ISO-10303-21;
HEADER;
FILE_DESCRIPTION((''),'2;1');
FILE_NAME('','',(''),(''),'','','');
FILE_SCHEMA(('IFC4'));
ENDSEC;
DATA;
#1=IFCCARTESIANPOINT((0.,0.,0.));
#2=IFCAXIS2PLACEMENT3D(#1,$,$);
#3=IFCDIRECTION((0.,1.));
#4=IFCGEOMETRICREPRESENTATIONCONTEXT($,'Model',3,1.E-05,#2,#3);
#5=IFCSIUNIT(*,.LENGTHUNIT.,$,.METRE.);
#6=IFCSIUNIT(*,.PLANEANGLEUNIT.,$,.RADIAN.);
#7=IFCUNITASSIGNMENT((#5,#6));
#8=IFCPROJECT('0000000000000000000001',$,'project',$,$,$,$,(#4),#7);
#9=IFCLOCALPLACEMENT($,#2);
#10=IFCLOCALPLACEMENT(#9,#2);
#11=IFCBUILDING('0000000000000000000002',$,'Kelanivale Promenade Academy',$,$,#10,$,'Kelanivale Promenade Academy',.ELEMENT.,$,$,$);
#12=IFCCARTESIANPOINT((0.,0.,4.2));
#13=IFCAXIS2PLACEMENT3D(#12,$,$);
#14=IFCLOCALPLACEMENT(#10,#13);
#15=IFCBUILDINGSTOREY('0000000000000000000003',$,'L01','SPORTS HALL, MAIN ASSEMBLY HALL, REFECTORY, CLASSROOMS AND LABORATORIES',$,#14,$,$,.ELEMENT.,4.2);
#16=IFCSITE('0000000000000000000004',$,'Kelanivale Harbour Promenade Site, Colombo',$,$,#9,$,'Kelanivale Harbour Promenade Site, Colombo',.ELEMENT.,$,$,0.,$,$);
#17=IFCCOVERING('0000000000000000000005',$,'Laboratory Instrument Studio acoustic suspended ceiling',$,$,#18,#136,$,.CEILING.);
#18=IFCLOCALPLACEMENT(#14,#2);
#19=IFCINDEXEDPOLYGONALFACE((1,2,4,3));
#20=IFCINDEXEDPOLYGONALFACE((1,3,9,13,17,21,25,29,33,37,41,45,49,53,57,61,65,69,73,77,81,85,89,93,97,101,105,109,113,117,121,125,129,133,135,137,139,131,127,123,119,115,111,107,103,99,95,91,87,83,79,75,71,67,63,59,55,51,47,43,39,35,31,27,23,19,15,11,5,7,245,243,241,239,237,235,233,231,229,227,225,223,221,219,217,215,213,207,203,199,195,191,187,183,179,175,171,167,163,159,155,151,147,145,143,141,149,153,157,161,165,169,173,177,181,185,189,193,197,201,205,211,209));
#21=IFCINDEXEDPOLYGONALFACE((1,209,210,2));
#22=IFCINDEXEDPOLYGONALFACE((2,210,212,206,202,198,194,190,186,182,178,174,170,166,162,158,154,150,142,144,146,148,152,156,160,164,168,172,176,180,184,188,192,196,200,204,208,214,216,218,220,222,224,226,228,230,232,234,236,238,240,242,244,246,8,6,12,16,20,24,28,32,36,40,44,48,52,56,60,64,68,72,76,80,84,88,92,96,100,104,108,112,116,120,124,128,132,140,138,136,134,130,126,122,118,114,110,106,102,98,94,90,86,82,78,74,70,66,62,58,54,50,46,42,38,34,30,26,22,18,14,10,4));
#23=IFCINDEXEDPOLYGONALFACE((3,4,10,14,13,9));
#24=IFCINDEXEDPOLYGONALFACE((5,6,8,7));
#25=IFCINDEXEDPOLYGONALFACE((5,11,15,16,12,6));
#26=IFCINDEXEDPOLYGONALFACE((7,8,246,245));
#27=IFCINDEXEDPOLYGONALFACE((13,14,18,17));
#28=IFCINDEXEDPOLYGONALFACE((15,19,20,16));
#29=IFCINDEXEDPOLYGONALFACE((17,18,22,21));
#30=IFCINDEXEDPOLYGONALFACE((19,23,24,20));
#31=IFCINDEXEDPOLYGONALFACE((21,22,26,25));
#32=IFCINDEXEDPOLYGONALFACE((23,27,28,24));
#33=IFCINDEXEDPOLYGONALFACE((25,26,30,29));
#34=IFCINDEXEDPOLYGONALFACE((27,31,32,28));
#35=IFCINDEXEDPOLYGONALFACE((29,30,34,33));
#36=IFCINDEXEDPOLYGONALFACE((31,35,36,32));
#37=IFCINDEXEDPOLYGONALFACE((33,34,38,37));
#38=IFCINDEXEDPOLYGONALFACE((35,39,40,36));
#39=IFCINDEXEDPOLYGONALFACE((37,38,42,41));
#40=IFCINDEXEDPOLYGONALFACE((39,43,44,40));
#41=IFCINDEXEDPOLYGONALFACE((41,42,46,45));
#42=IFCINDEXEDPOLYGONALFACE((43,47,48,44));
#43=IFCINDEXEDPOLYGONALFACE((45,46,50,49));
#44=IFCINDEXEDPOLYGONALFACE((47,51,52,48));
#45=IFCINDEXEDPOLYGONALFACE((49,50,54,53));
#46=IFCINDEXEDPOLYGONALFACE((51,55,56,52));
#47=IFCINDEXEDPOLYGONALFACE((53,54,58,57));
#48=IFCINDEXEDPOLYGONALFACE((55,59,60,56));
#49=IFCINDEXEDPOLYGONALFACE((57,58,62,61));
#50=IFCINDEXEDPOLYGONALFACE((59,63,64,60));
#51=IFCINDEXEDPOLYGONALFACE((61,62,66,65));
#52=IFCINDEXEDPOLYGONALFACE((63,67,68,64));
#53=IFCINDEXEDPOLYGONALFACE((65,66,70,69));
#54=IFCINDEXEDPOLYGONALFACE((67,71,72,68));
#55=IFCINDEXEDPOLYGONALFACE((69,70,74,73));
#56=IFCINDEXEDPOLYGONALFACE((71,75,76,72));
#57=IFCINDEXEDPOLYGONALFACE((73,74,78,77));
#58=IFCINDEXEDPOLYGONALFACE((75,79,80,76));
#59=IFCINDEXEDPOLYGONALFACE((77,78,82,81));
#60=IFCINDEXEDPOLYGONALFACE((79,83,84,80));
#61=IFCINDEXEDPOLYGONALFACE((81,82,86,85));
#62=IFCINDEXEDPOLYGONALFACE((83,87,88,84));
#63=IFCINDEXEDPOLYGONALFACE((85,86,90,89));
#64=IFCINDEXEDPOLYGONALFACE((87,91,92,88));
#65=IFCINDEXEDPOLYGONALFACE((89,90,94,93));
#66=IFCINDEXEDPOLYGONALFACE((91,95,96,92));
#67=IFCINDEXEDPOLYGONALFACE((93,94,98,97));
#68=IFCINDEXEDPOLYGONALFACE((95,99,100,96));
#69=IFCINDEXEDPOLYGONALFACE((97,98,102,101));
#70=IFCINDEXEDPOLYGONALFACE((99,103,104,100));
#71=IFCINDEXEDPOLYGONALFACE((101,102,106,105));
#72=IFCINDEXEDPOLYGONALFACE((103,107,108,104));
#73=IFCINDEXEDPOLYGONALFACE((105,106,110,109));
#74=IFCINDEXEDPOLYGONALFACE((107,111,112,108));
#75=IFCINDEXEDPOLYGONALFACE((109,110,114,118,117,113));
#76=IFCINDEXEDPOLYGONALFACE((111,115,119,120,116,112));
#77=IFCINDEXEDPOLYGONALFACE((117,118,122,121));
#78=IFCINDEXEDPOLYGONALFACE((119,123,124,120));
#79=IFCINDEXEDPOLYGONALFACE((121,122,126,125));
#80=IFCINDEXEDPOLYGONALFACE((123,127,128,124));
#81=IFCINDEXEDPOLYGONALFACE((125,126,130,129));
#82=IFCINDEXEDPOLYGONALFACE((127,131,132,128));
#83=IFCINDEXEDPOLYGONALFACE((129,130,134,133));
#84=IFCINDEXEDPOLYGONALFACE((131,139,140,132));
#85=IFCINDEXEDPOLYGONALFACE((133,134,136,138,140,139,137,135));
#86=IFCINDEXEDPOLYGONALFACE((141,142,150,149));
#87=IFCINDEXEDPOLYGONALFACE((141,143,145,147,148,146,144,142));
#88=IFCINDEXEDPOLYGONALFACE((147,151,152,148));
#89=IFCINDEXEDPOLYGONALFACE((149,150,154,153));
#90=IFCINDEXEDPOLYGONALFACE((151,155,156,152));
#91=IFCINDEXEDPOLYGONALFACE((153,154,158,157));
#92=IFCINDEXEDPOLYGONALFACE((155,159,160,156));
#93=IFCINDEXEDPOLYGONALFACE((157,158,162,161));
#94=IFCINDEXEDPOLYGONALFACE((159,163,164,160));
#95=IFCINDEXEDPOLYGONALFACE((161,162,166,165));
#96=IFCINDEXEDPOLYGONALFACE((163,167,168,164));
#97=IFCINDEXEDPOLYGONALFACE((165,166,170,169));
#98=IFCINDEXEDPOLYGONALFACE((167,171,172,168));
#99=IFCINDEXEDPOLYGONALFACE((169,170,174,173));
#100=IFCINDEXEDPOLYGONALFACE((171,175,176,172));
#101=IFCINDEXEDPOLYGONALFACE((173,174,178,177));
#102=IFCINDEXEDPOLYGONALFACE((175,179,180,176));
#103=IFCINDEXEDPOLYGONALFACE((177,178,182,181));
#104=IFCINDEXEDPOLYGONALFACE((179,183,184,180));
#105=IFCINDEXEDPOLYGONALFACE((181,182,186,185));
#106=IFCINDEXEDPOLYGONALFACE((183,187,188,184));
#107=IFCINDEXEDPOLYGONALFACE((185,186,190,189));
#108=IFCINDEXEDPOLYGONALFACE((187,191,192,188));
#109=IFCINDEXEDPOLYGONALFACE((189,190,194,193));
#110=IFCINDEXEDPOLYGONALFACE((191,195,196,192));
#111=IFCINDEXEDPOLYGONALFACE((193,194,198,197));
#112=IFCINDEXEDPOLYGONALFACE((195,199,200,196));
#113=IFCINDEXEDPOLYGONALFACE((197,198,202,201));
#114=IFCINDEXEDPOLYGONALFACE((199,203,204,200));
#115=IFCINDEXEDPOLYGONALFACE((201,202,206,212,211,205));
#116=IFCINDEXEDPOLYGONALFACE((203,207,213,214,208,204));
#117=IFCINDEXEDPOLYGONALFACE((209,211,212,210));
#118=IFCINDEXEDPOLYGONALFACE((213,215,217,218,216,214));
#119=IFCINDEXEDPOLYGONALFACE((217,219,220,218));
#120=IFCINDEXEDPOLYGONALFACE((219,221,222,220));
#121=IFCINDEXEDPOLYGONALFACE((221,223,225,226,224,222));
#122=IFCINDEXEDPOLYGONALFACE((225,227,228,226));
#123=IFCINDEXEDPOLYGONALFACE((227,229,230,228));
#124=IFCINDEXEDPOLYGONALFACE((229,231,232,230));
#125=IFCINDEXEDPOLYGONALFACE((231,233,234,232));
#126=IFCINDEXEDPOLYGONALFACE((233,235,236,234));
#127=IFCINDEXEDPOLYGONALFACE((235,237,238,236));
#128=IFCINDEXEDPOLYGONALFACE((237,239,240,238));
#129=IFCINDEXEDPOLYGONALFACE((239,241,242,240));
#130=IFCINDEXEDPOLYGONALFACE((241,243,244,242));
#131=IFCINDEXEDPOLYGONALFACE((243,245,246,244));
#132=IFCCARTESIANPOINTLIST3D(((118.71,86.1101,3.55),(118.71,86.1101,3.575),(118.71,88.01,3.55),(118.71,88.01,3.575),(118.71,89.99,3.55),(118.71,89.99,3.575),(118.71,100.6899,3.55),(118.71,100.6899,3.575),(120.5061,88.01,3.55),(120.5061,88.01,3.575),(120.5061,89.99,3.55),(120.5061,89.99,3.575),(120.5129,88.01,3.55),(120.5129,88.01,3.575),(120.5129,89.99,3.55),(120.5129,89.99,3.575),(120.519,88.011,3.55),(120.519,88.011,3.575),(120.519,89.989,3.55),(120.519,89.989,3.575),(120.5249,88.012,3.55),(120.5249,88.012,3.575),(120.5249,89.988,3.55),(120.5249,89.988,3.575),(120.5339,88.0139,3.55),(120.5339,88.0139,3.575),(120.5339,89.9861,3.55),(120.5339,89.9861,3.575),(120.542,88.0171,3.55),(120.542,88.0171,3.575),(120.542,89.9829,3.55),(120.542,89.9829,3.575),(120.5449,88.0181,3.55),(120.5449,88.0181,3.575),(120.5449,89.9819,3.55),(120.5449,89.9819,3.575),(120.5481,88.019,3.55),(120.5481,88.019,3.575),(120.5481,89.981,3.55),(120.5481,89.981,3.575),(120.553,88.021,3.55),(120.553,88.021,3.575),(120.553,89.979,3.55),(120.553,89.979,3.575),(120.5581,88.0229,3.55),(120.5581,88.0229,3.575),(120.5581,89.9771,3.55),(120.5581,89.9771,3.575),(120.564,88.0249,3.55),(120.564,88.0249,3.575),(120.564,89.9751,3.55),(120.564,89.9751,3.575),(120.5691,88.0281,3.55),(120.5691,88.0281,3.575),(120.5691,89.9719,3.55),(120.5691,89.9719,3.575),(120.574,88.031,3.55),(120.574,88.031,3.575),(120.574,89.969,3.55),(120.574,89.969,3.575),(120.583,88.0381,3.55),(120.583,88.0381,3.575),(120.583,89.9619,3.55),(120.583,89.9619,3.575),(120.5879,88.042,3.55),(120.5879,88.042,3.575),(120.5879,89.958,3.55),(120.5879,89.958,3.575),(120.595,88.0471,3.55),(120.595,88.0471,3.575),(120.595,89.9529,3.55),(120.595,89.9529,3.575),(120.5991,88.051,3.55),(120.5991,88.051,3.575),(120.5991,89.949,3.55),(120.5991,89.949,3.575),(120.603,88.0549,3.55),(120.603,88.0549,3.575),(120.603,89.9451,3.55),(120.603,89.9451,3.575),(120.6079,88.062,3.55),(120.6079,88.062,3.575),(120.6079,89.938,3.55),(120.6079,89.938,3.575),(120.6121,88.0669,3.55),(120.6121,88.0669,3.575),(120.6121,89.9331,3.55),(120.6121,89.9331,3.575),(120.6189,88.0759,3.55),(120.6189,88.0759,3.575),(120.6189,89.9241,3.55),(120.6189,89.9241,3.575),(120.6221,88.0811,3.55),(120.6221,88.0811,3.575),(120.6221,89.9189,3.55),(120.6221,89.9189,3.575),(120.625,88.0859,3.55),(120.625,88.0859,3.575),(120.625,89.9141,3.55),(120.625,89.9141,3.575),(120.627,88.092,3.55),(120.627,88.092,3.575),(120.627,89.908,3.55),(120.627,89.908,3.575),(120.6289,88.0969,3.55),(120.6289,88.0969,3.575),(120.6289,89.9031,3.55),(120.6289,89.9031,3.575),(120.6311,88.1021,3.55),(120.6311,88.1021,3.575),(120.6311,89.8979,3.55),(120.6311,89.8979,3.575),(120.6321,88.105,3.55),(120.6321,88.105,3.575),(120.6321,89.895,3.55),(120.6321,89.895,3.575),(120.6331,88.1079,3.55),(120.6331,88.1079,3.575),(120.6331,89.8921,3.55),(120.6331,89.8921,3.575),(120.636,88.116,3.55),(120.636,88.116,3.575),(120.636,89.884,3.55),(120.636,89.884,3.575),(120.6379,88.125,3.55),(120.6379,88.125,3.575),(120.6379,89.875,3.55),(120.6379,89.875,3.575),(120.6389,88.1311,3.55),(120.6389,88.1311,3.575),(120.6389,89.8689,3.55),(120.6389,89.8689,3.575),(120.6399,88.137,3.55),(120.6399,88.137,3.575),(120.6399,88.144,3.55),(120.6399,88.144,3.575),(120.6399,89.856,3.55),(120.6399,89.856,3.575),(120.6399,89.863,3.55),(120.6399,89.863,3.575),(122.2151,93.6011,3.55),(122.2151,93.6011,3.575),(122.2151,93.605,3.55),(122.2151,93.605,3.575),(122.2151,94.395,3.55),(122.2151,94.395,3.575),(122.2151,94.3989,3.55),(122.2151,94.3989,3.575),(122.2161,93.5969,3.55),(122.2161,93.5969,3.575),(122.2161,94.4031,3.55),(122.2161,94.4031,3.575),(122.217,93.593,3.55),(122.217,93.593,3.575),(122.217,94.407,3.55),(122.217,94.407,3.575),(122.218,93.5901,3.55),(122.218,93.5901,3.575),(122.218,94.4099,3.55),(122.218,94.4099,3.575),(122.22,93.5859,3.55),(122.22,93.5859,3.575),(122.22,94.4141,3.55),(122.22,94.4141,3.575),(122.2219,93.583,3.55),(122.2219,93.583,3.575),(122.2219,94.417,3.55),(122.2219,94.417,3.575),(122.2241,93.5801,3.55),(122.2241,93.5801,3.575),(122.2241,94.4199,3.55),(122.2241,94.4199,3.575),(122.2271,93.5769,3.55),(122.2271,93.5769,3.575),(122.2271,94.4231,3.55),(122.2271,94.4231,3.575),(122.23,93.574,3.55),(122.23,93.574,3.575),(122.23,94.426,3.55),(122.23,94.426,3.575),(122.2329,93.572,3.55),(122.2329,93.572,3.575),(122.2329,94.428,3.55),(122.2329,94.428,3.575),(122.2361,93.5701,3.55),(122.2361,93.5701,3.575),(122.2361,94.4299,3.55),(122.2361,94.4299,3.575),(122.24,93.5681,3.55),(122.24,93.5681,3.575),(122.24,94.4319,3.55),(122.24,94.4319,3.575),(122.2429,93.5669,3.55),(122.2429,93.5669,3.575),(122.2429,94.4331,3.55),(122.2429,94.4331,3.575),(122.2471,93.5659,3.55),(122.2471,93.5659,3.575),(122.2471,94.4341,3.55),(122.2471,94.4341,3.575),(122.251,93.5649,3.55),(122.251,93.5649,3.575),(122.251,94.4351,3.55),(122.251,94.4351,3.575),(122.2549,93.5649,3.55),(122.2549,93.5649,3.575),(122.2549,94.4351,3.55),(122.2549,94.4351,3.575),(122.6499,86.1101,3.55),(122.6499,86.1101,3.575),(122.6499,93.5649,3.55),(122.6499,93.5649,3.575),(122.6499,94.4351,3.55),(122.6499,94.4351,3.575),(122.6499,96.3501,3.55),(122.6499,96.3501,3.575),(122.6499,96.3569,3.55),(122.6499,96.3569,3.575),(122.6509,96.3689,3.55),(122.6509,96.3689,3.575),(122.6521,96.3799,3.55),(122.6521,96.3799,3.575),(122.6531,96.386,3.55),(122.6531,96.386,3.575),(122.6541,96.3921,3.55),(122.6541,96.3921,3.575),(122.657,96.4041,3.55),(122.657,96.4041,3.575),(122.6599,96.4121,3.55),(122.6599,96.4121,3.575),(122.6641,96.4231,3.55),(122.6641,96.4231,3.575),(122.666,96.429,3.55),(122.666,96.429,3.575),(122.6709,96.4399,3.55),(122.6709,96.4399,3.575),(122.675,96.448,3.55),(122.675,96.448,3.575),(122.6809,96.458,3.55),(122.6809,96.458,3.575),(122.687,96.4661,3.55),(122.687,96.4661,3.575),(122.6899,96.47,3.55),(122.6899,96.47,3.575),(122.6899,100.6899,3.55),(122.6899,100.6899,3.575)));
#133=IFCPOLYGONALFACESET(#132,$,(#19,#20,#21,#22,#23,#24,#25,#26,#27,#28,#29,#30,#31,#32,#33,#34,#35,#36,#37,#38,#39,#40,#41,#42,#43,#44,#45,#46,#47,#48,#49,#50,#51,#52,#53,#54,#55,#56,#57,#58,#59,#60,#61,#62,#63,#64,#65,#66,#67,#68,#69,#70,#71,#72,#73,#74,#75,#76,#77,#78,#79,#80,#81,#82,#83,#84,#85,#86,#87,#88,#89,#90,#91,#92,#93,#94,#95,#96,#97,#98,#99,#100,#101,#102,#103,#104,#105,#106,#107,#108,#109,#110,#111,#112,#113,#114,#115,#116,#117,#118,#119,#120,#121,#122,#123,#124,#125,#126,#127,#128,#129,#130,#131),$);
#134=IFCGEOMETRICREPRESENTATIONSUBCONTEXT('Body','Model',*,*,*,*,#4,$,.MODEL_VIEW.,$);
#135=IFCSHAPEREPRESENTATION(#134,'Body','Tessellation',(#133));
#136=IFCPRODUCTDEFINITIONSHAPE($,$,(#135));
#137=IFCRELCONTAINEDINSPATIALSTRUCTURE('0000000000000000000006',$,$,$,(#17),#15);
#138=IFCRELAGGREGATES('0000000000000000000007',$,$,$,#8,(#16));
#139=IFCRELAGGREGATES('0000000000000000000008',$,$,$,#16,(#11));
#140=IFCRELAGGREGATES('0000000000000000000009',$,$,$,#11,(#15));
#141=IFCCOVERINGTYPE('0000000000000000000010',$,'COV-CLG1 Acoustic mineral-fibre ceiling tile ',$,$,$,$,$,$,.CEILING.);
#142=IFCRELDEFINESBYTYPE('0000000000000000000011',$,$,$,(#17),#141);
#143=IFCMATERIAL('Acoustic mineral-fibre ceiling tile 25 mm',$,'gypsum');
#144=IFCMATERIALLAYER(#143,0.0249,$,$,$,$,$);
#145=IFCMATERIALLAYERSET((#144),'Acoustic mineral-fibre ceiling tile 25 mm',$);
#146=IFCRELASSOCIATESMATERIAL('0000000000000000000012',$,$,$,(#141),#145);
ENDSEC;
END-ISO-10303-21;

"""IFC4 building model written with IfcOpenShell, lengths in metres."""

from ifc_helpers import new_model, si_unit, direction, frame, origin, place, context, subcontext, project, spatial, polyline, outline, extrude, material, layer, layer_set, type_object, element, save


model = new_model("IFC4")

# Units and contexts
model_context = context("Model", 3, precision=1e-05, world=origin(), true_north=direction((0.0, 1.0)))
body_context = subcontext(model_context, "Body", "Model", "MODEL_VIEW")
ifc_project = project(units=[si_unit("LENGTHUNIT", "METRE"), si_unit("PLANEANGLEUNIT", "RADIAN")], contexts=[model_context])

# Site, building, storey
site_placement = place(None, origin())
site = spatial("IfcSite", under=ifc_project, at=site_placement, Name="Kelanivale Harbour Promenade Site, Colombo", LongName="Kelanivale Harbour Promenade Site, Colombo", CompositionType="ELEMENT", RefElevation=0.0)
building_placement = place(site_placement, origin())
building = spatial("IfcBuilding", under=site, at=building_placement, Name="Kelanivale Promenade Academy", LongName="Kelanivale Promenade Academy", CompositionType="ELEMENT")
storey_placement = place(building_placement, frame((0.0, 0.0, 4.2)))
storey = spatial("IfcBuildingStorey", under=building, at=storey_placement, Name="L01", Description="SPORTS HALL, MAIN ASSEMBLY HALL, REFECTORY, CLASSROOMS AND LABORATORIES", CompositionType="ELEMENT", Elevation=4.2)

# Covering
ifc_material_1 = material(Name="Acoustic mineral-fibre ceiling tile 25 mm", Category="gypsum")
ifc_layer_1 = layer(ifc_material_1, 0.0249)
ifc_layer_set_1 = layer_set([ifc_layer_1], Name="Acoustic mineral-fibre ceiling tile 25 mm")
covering_type = type_object("IfcCoveringType", Name="COV-CLG1 Acoustic mineral-fibre ceiling tile ", PredefinedType="CEILING", material=ifc_layer_set_1)
covering_1_placement = place(storey_placement, frame((0.0, 0.0, 3.55)))
element("IfcCovering", 1, at=covering_1_placement, inside=storey, type_object=covering_type, Name="Laboratory Instrument Studio acoustic suspended ceiling", PredefinedType="CEILING", context=body_context, shape_type="SweptSolid", body=[
    extrude(outline(polyline([(122.6499, 96.3501), (122.6499, 96.3569), (122.6509, 96.3689), (122.6509, 96.3689), (122.6521, 96.3799), (122.6531, 96.386), (122.6541, 96.3921), (122.657, 96.4041), (122.6599, 96.4121), (122.6641, 96.4231), (122.666, 96.429), (122.6709, 96.4399), (122.675, 96.448), (122.6809, 96.458), (122.687, 96.4661), (122.6899, 96.47), (122.6899, 100.6899), (118.71, 100.6899), (118.71, 89.99), (120.5061, 89.99), (120.5129, 89.99), (120.519, 89.989), (120.5249, 89.988), (120.5339, 89.9861), (120.542, 89.9829), (120.5449, 89.9819), (120.5481, 89.981), (120.553, 89.979), (120.5581, 89.9771), (120.564, 89.9751), (120.5691, 89.9719), (120.574, 89.969), (120.583, 89.9619), (120.5879, 89.958), (120.595, 89.9529), (120.5991, 89.949), (120.603, 89.9451), (120.6079, 89.938), (120.6121, 89.9331), (120.6189, 89.9241), (120.6221, 89.9189), (120.625, 89.9141), (120.627, 89.908), (120.6289, 89.9031), (120.6311, 89.8979), (120.6321, 89.895), (120.6331, 89.8921), (120.636, 89.884), (120.6379, 89.875), (120.6389, 89.8689), (120.6399, 89.863), (120.6399, 89.856), (120.6399, 88.144), (120.6399, 88.137), (120.6389, 88.1311), (120.6379, 88.125), (120.636, 88.116), (120.6331, 88.1079), (120.6321, 88.105), (120.6311, 88.1021), (120.6289, 88.0969), (120.627, 88.092), (120.625, 88.0859), (120.6221, 88.0811), (120.6189, 88.0759), (120.6121, 88.0669), (120.6079, 88.062), (120.603, 88.0549), (120.5991, 88.051), (120.595, 88.0471), (120.5879, 88.042), (120.583, 88.0381), (120.574, 88.031), (120.5691, 88.0281), (120.564, 88.0249), (120.5581, 88.0229), (120.553, 88.021), (120.5481, 88.019), (120.5449, 88.0181), (120.542, 88.0171), (120.5339, 88.0139), (120.5249, 88.012), (120.519, 88.011), (120.5129, 88.01), (120.5061, 88.01), (118.71, 88.01), (118.71, 86.1101), (122.6499, 86.1101), (122.6499, 93.5649), (122.2549, 93.5649), (122.251, 93.5649), (122.2471, 93.5659), (122.2429, 93.5669), (122.24, 93.5681), (122.2361, 93.5701), (122.2329, 93.572), (122.23, 93.574), (122.2271, 93.5769), (122.2241, 93.5801), (122.2219, 93.583), (122.22, 93.5859), (122.218, 93.5901), (122.217, 93.593), (122.2161, 93.5969), (122.2151, 93.6011), (122.2151, 93.605), (122.2151, 94.395), (122.2151, 94.3989), (122.2161, 94.4031), (122.217, 94.407), (122.218, 94.4099), (122.22, 94.4141), (122.2219, 94.417), (122.2241, 94.4199), (122.2271, 94.4231), (122.23, 94.426), (122.2329, 94.428), (122.2361, 94.4299), (122.24, 94.4319), (122.2429, 94.4331), (122.2471, 94.4341), (122.251, 94.4351), (122.2549, 94.4351), (122.6499, 94.4351), (122.6499, 96.3501)])), origin(), (0.0, 0.0, 1.0), 0.0249),
])

save(model, "model.ifc")
